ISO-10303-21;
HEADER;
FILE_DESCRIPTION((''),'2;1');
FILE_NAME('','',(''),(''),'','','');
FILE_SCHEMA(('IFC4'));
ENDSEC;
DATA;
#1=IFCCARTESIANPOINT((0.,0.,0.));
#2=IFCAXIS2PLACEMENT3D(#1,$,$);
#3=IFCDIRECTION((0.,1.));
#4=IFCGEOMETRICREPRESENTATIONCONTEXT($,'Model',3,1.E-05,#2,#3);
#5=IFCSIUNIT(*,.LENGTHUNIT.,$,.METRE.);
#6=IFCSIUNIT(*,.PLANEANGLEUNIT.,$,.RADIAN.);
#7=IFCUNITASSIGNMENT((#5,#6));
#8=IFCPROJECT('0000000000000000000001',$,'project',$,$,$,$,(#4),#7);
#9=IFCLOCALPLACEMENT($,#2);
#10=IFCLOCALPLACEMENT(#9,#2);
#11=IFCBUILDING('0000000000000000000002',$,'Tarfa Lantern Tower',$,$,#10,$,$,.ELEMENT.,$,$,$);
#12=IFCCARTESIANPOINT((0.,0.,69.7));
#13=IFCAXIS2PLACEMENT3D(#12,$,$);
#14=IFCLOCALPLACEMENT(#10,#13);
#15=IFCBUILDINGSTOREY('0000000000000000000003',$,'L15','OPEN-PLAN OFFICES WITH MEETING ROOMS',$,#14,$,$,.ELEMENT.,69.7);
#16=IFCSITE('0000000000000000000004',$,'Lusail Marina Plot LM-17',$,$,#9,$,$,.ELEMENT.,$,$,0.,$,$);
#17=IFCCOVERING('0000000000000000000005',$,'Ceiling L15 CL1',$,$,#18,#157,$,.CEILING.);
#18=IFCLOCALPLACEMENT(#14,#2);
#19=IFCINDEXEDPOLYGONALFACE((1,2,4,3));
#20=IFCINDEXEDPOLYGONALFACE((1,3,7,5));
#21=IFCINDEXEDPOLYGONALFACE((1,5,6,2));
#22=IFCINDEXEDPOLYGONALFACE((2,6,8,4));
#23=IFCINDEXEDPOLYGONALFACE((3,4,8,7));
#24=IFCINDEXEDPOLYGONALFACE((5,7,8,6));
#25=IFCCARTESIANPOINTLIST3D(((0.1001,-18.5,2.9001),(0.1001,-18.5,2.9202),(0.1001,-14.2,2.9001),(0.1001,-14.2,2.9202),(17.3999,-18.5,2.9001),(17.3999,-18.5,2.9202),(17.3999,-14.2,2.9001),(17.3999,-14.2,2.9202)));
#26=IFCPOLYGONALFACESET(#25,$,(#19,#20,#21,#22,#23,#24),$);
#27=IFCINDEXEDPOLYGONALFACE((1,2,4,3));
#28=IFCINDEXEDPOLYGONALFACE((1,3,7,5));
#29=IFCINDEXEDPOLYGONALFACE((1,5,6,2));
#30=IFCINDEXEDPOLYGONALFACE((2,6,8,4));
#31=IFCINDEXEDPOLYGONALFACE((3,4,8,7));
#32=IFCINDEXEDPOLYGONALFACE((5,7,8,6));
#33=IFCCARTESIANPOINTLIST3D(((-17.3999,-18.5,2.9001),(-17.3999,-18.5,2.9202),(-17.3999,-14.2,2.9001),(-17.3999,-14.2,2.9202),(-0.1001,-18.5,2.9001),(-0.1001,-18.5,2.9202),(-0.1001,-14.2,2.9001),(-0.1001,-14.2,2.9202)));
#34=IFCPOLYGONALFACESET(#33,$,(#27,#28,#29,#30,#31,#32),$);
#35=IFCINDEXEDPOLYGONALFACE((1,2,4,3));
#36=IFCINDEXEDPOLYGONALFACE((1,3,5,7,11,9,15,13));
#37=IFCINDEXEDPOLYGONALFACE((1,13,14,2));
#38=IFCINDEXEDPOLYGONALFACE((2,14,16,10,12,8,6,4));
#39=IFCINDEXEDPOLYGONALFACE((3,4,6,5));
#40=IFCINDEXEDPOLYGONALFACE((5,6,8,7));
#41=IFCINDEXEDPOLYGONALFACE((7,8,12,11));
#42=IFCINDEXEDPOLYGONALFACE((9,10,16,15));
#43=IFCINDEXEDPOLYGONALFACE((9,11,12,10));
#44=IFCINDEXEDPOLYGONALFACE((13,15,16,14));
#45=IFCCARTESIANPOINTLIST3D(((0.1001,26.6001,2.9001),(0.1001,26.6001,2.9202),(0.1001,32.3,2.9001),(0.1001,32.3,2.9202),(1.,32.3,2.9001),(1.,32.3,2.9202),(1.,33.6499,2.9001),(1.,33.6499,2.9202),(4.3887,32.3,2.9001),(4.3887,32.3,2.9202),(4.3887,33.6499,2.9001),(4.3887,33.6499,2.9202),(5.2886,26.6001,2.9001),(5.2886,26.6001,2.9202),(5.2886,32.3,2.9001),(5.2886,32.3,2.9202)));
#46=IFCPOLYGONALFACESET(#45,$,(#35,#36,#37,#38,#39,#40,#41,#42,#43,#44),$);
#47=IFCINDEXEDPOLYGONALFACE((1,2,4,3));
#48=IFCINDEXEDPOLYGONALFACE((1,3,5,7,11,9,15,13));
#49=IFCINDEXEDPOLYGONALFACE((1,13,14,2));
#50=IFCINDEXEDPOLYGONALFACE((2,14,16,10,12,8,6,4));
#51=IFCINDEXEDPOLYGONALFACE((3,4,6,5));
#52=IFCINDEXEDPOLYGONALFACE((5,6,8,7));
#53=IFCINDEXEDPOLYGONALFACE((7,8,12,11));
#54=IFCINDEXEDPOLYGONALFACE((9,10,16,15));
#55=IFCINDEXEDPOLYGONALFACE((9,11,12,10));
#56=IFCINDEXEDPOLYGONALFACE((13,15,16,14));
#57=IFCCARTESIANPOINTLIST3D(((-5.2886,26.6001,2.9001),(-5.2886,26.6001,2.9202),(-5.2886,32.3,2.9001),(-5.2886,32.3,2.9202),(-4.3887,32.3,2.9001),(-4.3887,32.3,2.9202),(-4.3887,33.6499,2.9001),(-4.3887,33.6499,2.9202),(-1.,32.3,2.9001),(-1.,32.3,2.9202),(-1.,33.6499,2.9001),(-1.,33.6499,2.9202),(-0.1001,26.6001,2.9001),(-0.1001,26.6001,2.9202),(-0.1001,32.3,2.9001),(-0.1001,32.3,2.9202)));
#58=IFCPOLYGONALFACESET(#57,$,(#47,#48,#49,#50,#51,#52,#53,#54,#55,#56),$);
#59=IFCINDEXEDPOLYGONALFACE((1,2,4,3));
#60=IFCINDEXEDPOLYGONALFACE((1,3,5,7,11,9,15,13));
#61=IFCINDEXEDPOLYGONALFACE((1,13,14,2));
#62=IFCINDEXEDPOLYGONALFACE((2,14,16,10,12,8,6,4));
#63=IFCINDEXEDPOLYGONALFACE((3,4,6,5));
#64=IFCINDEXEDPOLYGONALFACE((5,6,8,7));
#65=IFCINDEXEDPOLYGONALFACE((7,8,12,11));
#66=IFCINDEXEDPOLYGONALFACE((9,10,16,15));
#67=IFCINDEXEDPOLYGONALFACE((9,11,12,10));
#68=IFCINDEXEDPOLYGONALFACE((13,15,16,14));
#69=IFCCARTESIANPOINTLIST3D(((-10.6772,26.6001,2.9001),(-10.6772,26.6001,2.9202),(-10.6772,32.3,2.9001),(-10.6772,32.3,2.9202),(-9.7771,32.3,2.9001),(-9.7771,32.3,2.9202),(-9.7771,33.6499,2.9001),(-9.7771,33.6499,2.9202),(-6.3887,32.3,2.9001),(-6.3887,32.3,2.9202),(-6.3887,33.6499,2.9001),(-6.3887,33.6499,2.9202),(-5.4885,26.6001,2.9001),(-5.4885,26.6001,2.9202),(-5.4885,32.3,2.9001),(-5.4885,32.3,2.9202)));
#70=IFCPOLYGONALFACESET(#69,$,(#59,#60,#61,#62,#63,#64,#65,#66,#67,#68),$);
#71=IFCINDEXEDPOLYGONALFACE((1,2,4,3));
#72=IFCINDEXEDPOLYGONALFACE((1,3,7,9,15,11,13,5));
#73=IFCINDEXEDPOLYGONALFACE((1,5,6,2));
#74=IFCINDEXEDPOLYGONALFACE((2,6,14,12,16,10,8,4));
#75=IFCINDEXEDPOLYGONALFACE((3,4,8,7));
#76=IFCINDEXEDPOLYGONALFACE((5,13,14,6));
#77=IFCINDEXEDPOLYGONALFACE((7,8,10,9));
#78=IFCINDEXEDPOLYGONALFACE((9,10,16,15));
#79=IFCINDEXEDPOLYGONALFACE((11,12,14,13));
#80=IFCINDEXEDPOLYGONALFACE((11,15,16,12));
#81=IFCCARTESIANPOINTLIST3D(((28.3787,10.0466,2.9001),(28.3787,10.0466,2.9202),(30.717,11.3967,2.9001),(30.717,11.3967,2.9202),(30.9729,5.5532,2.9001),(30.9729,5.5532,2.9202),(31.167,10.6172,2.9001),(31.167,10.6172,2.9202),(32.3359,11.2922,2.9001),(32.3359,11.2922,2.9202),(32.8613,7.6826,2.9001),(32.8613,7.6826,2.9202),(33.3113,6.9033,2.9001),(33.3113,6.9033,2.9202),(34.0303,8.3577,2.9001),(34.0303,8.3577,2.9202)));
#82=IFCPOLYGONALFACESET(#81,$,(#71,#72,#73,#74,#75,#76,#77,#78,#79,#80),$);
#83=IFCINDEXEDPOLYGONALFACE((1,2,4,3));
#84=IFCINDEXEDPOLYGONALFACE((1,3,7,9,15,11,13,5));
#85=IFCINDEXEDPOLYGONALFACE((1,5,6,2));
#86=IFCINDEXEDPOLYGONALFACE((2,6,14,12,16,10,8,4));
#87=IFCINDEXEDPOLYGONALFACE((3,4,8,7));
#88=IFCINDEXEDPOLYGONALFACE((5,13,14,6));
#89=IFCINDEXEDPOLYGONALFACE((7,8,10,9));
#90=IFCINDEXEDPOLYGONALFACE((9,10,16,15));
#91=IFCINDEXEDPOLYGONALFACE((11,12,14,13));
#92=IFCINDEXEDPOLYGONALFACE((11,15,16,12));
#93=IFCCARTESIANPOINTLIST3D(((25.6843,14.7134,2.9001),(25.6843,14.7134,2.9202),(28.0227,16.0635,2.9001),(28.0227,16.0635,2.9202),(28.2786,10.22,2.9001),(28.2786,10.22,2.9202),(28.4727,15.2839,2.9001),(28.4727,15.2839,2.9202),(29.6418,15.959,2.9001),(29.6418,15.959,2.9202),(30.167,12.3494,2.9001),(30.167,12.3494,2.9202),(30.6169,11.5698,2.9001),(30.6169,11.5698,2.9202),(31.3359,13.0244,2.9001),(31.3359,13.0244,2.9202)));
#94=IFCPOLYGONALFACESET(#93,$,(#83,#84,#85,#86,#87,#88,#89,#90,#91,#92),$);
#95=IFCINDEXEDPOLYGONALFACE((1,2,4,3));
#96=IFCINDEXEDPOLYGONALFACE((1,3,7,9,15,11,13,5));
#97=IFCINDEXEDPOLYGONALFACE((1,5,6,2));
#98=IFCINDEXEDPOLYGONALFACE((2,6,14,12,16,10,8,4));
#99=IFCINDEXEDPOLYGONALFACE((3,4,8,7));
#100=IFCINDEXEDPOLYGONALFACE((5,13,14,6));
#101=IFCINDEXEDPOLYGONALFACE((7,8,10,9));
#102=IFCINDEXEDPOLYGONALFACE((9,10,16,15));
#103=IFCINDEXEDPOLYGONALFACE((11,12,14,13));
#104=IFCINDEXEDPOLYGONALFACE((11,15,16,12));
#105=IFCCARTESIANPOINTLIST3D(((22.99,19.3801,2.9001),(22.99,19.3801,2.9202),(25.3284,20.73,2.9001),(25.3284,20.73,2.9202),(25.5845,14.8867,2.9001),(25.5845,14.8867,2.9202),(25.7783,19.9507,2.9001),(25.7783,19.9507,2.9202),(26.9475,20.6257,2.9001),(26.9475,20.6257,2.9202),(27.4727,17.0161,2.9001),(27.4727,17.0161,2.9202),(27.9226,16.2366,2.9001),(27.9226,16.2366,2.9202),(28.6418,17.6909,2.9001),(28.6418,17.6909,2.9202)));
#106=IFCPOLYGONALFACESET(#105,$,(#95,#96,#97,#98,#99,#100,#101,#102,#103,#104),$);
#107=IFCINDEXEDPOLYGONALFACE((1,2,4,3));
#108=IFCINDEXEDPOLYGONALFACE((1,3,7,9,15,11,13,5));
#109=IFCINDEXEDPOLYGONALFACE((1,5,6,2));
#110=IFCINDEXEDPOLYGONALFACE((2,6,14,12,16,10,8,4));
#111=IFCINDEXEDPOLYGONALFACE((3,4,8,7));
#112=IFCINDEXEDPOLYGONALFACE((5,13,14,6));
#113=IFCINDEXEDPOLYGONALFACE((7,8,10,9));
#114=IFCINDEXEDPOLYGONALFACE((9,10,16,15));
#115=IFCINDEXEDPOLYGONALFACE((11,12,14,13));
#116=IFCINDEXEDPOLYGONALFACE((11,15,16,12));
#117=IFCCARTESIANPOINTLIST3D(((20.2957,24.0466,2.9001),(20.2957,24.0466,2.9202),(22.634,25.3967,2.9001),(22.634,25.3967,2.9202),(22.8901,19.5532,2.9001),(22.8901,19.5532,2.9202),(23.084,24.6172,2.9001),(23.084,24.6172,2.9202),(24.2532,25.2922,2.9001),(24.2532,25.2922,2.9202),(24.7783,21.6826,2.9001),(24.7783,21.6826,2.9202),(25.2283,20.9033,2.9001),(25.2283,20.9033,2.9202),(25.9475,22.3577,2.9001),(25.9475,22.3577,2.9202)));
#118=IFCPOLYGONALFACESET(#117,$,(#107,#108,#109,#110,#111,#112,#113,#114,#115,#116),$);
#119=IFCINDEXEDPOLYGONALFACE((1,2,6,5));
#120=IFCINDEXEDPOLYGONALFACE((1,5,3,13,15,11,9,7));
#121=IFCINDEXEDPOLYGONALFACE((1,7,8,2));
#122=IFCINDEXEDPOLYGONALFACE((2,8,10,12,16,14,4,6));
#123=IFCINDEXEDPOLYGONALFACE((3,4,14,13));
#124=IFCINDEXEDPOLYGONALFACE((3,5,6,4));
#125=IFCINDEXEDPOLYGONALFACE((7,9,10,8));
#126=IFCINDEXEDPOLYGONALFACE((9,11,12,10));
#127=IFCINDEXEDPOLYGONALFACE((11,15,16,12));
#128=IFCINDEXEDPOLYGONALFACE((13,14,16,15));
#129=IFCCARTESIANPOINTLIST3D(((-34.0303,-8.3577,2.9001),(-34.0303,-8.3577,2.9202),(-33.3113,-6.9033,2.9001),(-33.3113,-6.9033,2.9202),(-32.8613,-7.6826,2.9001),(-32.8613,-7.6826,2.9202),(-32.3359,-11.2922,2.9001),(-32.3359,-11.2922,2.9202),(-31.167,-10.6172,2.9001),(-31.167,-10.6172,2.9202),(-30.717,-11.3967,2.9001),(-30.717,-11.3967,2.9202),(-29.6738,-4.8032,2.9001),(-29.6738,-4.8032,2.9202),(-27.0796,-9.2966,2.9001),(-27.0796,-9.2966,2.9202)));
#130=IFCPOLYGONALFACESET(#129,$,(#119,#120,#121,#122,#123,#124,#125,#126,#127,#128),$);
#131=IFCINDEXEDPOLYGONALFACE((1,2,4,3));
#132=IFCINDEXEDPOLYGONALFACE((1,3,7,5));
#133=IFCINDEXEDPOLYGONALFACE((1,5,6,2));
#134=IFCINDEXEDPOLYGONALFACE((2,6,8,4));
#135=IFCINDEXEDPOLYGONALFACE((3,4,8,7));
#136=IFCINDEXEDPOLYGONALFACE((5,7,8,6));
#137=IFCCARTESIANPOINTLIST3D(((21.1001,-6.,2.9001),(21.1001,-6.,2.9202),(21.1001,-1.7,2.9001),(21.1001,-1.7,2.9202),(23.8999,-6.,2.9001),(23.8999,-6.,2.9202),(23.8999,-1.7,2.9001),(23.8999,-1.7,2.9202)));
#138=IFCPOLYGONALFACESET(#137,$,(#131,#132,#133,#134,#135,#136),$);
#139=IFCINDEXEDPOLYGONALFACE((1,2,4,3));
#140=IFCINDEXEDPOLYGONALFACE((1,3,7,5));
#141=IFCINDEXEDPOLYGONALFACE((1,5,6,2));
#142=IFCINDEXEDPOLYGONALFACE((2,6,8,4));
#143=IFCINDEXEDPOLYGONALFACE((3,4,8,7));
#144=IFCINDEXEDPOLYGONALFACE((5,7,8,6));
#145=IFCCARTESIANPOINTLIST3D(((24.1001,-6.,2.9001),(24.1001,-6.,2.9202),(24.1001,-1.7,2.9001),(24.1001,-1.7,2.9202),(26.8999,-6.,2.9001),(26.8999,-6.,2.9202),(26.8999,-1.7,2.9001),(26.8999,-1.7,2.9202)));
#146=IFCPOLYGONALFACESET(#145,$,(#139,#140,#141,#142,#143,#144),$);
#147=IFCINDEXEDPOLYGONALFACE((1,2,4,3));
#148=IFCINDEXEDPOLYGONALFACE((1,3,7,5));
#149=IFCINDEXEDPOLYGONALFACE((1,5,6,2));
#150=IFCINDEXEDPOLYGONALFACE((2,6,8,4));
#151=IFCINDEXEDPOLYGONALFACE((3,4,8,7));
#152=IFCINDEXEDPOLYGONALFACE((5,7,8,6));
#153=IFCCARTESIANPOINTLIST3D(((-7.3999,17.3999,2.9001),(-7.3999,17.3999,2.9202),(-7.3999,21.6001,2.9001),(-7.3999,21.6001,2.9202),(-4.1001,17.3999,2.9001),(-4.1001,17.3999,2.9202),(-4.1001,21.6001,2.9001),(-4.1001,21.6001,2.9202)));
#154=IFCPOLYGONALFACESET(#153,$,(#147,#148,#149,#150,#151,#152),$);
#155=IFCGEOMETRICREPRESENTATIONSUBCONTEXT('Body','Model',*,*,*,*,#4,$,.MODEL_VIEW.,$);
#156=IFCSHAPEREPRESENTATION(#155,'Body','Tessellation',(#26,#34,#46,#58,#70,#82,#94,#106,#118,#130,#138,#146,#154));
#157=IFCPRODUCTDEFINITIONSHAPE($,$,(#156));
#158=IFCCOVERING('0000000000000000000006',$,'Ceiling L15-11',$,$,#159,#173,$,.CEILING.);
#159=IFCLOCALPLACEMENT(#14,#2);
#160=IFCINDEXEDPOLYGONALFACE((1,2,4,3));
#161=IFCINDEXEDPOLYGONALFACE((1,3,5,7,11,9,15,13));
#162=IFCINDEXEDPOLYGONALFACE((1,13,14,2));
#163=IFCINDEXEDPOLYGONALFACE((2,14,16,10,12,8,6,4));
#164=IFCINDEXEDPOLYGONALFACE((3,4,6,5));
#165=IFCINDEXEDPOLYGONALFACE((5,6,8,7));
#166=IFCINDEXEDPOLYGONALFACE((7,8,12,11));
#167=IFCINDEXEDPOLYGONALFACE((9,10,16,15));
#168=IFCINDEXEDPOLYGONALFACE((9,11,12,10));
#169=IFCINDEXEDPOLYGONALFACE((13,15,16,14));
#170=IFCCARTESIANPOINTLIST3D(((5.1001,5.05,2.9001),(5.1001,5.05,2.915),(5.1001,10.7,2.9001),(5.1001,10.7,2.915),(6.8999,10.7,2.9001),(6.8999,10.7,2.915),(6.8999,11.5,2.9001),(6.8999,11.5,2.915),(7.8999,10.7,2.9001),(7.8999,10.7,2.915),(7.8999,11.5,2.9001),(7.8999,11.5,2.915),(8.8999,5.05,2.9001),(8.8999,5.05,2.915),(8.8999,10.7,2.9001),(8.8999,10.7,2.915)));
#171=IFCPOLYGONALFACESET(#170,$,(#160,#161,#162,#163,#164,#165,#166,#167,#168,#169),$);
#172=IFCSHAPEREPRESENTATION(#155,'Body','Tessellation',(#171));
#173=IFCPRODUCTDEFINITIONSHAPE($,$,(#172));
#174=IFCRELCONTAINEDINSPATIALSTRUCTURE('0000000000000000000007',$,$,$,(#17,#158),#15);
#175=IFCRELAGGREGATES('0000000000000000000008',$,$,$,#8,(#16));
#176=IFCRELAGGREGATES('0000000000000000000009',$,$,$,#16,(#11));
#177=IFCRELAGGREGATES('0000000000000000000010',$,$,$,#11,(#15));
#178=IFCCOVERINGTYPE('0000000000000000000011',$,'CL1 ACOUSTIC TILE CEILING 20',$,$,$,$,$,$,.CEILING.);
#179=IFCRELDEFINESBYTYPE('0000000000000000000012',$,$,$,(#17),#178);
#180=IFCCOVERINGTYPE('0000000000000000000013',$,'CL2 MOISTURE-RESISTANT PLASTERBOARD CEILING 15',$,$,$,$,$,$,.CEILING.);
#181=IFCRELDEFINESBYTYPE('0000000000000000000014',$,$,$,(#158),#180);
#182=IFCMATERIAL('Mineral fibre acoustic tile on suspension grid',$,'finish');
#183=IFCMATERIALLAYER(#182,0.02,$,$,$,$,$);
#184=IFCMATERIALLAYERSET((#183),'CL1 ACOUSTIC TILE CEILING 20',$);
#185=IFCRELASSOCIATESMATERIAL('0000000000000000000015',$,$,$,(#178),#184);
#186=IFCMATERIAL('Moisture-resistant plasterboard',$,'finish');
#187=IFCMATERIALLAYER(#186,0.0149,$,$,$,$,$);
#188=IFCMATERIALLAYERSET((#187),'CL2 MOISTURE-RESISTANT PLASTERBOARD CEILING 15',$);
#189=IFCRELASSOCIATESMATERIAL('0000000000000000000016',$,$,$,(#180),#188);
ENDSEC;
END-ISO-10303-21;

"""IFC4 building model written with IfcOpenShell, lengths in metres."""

from ifc_helpers import new_model, si_unit, direction, frame, origin, place, context, subcontext, project, spatial, polyline, outline, extrude, material, layer, layer_set, type_object, element, save


model = new_model("IFC4")

# Units and contexts
model_context = context("Model", 3, precision=1e-05, world=origin(), true_north=direction((0.0, 1.0)))
body_context = subcontext(model_context, "Body", "Model", "MODEL_VIEW")
ifc_project = project(units=[si_unit("LENGTHUNIT", "METRE"), si_unit("PLANEANGLEUNIT", "RADIAN")], contexts=[model_context])

# Site, building, storey
site_placement = place(None, origin())
site = spatial("IfcSite", under=ifc_project, at=site_placement, Name="Lusail Marina Plot LM-17", CompositionType="ELEMENT", RefElevation=0.0)
building_placement = place(site_placement, origin())
building = spatial("IfcBuilding", under=site, at=building_placement, Name="Tarfa Lantern Tower", CompositionType="ELEMENT")
storey_placement = place(building_placement, frame((0.0, 0.0, 69.7)))
storey = spatial("IfcBuildingStorey", under=building, at=storey_placement, Name="L15", Description="OPEN-PLAN OFFICES WITH MEETING ROOMS", CompositionType="ELEMENT", Elevation=69.7)

# Coverings
ifc_material_1 = material(Name="Mineral fibre acoustic tile on suspension grid", Category="finish")
ifc_layer_1 = layer(ifc_material_1, 0.02)
ifc_layer_set_1 = layer_set([ifc_layer_1], Name="CL1 ACOUSTIC TILE CEILING 20")
covering_type_1 = type_object("IfcCoveringType", Name="CL1 ACOUSTIC TILE CEILING 20", PredefinedType="CEILING", material=ifc_layer_set_1)
covering_1_placement = place(storey_placement, frame((0.0, 0.0, 2.9001)))
element("IfcCovering", 1, at=covering_1_placement, inside=storey, type_object=covering_type_1, Name="Ceiling L15 CL1", PredefinedType="CEILING", context=body_context, shape_type="SweptSolid", body=[
    extrude(outline(polyline([(0.1001, -14.2), (17.3999, -14.2), (17.3999, -18.5), (0.1001, -18.5), (0.1001, -14.2)])), origin(), (0.0, 0.0, 1.0), 0.02),
    extrude(outline(polyline([(-17.3999, -14.2), (-0.1001, -14.2), (-0.1001, -18.5), (-17.3999, -18.5), (-17.3999, -14.2)])), origin(), (0.0, 0.0, 1.0), 0.02),
    extrude(outline(polyline([(5.2886, 26.6001), (0.1001, 26.6001), (0.1001, 32.3), (1.0, 32.3), (1.0, 33.6499), (4.3887, 33.6499), (4.3887, 32.3), (5.2886, 32.3), (5.2886, 26.6001)])), origin(), (0.0, 0.0, 1.0), 0.02),
    extrude(outline(polyline([(-0.1001, 26.6001), (-5.2886, 26.6001), (-5.2886, 32.3), (-4.3887, 32.3), (-4.3887, 33.6499), (-1.0, 33.6499), (-1.0, 32.3), (-0.1001, 32.3), (-0.1001, 26.6001)])), origin(), (0.0, 0.0, 1.0), 0.02),
    extrude(outline(polyline([(-5.4885, 26.6001), (-10.6772, 26.6001), (-10.6772, 32.3), (-9.7771, 32.3), (-9.7771, 33.6499), (-6.3887, 33.6499), (-6.3887, 32.3), (-5.4885, 32.3), (-5.4885, 26.6001)])), origin(), (0.0, 0.0, 1.0), 0.02),
    extrude(outline(polyline([(28.3787, 10.0466), (30.717, 11.3967), (31.167, 10.6172), (32.3359, 11.2922), (34.0303, 8.3577), (32.8613, 7.6826), (33.3113, 6.9033), (30.9729, 5.5532), (28.3787, 10.0466)])), origin(), (0.0, 0.0, 1.0), 0.02),
    extrude(outline(polyline([(25.6843, 14.7134), (28.0227, 16.0635), (28.4727, 15.2839), (29.6418, 15.959), (31.3359, 13.0244), (30.167, 12.3494), (30.6169, 11.5698), (28.2786, 10.22), (25.6843, 14.7134)])), origin(), (0.0, 0.0, 1.0), 0.02),
    extrude(outline(polyline([(22.99, 19.3801), (25.3284, 20.73), (25.7783, 19.9507), (26.9475, 20.6257), (28.6418, 17.6909), (27.4727, 17.0161), (27.9226, 16.2366), (25.5845, 14.8867), (22.99, 19.3801)])), origin(), (0.0, 0.0, 1.0), 0.02),
    extrude(outline(polyline([(20.2957, 24.0466), (22.634, 25.3967), (23.084, 24.6172), (24.2532, 25.2922), (25.9475, 22.3577), (24.7783, 21.6826), (25.2283, 20.9033), (22.8901, 19.5532), (20.2957, 24.0466)])), origin(), (0.0, 0.0, 1.0), 0.02),
    extrude(outline(polyline([(-27.0796, -9.2966), (-30.717, -11.3967), (-31.167, -10.6172), (-32.3359, -11.2922), (-34.0303, -8.3577), (-32.8613, -7.6826), (-33.3113, -6.9033), (-29.6738, -4.8032), (-27.0796, -9.2966)])), origin(), (0.0, 0.0, 1.0), 0.02),
    extrude(outline(polyline([(21.1001, -1.7), (23.8999, -1.7), (23.8999, -6.0), (21.1001, -6.0), (21.1001, -1.7)])), origin(), (0.0, 0.0, 1.0), 0.02),
    extrude(outline(polyline([(24.1001, -1.7), (26.8999, -1.7), (26.8999, -6.0), (24.1001, -6.0), (24.1001, -1.7)])), origin(), (0.0, 0.0, 1.0), 0.02),
    extrude(outline(polyline([(-7.3999, 21.6001), (-4.1001, 21.6001), (-4.1001, 17.3999), (-7.3999, 17.3999), (-7.3999, 21.6001)])), origin(), (0.0, 0.0, 1.0), 0.02),
])
ifc_material_2 = material(Name="Moisture-resistant plasterboard", Category="finish")
ifc_layer_2 = layer(ifc_material_2, 0.0149)
ifc_layer_set_2 = layer_set([ifc_layer_2], Name="CL2 MOISTURE-RESISTANT PLASTERBOARD CEILING 15")
covering_type_2 = type_object("IfcCoveringType", Name="CL2 MOISTURE-RESISTANT PLASTERBOARD CEILING 15", PredefinedType="CEILING", material=ifc_layer_set_2)
covering_2_placement = place(storey_placement, frame((0.0, 0.0, 2.9001)))
element("IfcCovering", 2, at=covering_2_placement, inside=storey, type_object=covering_type_2, Name="Ceiling L15-11", PredefinedType="CEILING", context=body_context, shape_type="SweptSolid", body=[
    extrude(outline(polyline([(5.1001, 5.05), (8.8999, 5.05), (8.8999, 10.7), (7.8999, 10.7), (7.8999, 11.5), (6.8999, 11.5), (6.8999, 10.7), (5.1001, 10.7), (5.1001, 5.05)])), origin(), (0.0, 0.0, 1.0), 0.0149),
])

save(model, "model.ifc")
